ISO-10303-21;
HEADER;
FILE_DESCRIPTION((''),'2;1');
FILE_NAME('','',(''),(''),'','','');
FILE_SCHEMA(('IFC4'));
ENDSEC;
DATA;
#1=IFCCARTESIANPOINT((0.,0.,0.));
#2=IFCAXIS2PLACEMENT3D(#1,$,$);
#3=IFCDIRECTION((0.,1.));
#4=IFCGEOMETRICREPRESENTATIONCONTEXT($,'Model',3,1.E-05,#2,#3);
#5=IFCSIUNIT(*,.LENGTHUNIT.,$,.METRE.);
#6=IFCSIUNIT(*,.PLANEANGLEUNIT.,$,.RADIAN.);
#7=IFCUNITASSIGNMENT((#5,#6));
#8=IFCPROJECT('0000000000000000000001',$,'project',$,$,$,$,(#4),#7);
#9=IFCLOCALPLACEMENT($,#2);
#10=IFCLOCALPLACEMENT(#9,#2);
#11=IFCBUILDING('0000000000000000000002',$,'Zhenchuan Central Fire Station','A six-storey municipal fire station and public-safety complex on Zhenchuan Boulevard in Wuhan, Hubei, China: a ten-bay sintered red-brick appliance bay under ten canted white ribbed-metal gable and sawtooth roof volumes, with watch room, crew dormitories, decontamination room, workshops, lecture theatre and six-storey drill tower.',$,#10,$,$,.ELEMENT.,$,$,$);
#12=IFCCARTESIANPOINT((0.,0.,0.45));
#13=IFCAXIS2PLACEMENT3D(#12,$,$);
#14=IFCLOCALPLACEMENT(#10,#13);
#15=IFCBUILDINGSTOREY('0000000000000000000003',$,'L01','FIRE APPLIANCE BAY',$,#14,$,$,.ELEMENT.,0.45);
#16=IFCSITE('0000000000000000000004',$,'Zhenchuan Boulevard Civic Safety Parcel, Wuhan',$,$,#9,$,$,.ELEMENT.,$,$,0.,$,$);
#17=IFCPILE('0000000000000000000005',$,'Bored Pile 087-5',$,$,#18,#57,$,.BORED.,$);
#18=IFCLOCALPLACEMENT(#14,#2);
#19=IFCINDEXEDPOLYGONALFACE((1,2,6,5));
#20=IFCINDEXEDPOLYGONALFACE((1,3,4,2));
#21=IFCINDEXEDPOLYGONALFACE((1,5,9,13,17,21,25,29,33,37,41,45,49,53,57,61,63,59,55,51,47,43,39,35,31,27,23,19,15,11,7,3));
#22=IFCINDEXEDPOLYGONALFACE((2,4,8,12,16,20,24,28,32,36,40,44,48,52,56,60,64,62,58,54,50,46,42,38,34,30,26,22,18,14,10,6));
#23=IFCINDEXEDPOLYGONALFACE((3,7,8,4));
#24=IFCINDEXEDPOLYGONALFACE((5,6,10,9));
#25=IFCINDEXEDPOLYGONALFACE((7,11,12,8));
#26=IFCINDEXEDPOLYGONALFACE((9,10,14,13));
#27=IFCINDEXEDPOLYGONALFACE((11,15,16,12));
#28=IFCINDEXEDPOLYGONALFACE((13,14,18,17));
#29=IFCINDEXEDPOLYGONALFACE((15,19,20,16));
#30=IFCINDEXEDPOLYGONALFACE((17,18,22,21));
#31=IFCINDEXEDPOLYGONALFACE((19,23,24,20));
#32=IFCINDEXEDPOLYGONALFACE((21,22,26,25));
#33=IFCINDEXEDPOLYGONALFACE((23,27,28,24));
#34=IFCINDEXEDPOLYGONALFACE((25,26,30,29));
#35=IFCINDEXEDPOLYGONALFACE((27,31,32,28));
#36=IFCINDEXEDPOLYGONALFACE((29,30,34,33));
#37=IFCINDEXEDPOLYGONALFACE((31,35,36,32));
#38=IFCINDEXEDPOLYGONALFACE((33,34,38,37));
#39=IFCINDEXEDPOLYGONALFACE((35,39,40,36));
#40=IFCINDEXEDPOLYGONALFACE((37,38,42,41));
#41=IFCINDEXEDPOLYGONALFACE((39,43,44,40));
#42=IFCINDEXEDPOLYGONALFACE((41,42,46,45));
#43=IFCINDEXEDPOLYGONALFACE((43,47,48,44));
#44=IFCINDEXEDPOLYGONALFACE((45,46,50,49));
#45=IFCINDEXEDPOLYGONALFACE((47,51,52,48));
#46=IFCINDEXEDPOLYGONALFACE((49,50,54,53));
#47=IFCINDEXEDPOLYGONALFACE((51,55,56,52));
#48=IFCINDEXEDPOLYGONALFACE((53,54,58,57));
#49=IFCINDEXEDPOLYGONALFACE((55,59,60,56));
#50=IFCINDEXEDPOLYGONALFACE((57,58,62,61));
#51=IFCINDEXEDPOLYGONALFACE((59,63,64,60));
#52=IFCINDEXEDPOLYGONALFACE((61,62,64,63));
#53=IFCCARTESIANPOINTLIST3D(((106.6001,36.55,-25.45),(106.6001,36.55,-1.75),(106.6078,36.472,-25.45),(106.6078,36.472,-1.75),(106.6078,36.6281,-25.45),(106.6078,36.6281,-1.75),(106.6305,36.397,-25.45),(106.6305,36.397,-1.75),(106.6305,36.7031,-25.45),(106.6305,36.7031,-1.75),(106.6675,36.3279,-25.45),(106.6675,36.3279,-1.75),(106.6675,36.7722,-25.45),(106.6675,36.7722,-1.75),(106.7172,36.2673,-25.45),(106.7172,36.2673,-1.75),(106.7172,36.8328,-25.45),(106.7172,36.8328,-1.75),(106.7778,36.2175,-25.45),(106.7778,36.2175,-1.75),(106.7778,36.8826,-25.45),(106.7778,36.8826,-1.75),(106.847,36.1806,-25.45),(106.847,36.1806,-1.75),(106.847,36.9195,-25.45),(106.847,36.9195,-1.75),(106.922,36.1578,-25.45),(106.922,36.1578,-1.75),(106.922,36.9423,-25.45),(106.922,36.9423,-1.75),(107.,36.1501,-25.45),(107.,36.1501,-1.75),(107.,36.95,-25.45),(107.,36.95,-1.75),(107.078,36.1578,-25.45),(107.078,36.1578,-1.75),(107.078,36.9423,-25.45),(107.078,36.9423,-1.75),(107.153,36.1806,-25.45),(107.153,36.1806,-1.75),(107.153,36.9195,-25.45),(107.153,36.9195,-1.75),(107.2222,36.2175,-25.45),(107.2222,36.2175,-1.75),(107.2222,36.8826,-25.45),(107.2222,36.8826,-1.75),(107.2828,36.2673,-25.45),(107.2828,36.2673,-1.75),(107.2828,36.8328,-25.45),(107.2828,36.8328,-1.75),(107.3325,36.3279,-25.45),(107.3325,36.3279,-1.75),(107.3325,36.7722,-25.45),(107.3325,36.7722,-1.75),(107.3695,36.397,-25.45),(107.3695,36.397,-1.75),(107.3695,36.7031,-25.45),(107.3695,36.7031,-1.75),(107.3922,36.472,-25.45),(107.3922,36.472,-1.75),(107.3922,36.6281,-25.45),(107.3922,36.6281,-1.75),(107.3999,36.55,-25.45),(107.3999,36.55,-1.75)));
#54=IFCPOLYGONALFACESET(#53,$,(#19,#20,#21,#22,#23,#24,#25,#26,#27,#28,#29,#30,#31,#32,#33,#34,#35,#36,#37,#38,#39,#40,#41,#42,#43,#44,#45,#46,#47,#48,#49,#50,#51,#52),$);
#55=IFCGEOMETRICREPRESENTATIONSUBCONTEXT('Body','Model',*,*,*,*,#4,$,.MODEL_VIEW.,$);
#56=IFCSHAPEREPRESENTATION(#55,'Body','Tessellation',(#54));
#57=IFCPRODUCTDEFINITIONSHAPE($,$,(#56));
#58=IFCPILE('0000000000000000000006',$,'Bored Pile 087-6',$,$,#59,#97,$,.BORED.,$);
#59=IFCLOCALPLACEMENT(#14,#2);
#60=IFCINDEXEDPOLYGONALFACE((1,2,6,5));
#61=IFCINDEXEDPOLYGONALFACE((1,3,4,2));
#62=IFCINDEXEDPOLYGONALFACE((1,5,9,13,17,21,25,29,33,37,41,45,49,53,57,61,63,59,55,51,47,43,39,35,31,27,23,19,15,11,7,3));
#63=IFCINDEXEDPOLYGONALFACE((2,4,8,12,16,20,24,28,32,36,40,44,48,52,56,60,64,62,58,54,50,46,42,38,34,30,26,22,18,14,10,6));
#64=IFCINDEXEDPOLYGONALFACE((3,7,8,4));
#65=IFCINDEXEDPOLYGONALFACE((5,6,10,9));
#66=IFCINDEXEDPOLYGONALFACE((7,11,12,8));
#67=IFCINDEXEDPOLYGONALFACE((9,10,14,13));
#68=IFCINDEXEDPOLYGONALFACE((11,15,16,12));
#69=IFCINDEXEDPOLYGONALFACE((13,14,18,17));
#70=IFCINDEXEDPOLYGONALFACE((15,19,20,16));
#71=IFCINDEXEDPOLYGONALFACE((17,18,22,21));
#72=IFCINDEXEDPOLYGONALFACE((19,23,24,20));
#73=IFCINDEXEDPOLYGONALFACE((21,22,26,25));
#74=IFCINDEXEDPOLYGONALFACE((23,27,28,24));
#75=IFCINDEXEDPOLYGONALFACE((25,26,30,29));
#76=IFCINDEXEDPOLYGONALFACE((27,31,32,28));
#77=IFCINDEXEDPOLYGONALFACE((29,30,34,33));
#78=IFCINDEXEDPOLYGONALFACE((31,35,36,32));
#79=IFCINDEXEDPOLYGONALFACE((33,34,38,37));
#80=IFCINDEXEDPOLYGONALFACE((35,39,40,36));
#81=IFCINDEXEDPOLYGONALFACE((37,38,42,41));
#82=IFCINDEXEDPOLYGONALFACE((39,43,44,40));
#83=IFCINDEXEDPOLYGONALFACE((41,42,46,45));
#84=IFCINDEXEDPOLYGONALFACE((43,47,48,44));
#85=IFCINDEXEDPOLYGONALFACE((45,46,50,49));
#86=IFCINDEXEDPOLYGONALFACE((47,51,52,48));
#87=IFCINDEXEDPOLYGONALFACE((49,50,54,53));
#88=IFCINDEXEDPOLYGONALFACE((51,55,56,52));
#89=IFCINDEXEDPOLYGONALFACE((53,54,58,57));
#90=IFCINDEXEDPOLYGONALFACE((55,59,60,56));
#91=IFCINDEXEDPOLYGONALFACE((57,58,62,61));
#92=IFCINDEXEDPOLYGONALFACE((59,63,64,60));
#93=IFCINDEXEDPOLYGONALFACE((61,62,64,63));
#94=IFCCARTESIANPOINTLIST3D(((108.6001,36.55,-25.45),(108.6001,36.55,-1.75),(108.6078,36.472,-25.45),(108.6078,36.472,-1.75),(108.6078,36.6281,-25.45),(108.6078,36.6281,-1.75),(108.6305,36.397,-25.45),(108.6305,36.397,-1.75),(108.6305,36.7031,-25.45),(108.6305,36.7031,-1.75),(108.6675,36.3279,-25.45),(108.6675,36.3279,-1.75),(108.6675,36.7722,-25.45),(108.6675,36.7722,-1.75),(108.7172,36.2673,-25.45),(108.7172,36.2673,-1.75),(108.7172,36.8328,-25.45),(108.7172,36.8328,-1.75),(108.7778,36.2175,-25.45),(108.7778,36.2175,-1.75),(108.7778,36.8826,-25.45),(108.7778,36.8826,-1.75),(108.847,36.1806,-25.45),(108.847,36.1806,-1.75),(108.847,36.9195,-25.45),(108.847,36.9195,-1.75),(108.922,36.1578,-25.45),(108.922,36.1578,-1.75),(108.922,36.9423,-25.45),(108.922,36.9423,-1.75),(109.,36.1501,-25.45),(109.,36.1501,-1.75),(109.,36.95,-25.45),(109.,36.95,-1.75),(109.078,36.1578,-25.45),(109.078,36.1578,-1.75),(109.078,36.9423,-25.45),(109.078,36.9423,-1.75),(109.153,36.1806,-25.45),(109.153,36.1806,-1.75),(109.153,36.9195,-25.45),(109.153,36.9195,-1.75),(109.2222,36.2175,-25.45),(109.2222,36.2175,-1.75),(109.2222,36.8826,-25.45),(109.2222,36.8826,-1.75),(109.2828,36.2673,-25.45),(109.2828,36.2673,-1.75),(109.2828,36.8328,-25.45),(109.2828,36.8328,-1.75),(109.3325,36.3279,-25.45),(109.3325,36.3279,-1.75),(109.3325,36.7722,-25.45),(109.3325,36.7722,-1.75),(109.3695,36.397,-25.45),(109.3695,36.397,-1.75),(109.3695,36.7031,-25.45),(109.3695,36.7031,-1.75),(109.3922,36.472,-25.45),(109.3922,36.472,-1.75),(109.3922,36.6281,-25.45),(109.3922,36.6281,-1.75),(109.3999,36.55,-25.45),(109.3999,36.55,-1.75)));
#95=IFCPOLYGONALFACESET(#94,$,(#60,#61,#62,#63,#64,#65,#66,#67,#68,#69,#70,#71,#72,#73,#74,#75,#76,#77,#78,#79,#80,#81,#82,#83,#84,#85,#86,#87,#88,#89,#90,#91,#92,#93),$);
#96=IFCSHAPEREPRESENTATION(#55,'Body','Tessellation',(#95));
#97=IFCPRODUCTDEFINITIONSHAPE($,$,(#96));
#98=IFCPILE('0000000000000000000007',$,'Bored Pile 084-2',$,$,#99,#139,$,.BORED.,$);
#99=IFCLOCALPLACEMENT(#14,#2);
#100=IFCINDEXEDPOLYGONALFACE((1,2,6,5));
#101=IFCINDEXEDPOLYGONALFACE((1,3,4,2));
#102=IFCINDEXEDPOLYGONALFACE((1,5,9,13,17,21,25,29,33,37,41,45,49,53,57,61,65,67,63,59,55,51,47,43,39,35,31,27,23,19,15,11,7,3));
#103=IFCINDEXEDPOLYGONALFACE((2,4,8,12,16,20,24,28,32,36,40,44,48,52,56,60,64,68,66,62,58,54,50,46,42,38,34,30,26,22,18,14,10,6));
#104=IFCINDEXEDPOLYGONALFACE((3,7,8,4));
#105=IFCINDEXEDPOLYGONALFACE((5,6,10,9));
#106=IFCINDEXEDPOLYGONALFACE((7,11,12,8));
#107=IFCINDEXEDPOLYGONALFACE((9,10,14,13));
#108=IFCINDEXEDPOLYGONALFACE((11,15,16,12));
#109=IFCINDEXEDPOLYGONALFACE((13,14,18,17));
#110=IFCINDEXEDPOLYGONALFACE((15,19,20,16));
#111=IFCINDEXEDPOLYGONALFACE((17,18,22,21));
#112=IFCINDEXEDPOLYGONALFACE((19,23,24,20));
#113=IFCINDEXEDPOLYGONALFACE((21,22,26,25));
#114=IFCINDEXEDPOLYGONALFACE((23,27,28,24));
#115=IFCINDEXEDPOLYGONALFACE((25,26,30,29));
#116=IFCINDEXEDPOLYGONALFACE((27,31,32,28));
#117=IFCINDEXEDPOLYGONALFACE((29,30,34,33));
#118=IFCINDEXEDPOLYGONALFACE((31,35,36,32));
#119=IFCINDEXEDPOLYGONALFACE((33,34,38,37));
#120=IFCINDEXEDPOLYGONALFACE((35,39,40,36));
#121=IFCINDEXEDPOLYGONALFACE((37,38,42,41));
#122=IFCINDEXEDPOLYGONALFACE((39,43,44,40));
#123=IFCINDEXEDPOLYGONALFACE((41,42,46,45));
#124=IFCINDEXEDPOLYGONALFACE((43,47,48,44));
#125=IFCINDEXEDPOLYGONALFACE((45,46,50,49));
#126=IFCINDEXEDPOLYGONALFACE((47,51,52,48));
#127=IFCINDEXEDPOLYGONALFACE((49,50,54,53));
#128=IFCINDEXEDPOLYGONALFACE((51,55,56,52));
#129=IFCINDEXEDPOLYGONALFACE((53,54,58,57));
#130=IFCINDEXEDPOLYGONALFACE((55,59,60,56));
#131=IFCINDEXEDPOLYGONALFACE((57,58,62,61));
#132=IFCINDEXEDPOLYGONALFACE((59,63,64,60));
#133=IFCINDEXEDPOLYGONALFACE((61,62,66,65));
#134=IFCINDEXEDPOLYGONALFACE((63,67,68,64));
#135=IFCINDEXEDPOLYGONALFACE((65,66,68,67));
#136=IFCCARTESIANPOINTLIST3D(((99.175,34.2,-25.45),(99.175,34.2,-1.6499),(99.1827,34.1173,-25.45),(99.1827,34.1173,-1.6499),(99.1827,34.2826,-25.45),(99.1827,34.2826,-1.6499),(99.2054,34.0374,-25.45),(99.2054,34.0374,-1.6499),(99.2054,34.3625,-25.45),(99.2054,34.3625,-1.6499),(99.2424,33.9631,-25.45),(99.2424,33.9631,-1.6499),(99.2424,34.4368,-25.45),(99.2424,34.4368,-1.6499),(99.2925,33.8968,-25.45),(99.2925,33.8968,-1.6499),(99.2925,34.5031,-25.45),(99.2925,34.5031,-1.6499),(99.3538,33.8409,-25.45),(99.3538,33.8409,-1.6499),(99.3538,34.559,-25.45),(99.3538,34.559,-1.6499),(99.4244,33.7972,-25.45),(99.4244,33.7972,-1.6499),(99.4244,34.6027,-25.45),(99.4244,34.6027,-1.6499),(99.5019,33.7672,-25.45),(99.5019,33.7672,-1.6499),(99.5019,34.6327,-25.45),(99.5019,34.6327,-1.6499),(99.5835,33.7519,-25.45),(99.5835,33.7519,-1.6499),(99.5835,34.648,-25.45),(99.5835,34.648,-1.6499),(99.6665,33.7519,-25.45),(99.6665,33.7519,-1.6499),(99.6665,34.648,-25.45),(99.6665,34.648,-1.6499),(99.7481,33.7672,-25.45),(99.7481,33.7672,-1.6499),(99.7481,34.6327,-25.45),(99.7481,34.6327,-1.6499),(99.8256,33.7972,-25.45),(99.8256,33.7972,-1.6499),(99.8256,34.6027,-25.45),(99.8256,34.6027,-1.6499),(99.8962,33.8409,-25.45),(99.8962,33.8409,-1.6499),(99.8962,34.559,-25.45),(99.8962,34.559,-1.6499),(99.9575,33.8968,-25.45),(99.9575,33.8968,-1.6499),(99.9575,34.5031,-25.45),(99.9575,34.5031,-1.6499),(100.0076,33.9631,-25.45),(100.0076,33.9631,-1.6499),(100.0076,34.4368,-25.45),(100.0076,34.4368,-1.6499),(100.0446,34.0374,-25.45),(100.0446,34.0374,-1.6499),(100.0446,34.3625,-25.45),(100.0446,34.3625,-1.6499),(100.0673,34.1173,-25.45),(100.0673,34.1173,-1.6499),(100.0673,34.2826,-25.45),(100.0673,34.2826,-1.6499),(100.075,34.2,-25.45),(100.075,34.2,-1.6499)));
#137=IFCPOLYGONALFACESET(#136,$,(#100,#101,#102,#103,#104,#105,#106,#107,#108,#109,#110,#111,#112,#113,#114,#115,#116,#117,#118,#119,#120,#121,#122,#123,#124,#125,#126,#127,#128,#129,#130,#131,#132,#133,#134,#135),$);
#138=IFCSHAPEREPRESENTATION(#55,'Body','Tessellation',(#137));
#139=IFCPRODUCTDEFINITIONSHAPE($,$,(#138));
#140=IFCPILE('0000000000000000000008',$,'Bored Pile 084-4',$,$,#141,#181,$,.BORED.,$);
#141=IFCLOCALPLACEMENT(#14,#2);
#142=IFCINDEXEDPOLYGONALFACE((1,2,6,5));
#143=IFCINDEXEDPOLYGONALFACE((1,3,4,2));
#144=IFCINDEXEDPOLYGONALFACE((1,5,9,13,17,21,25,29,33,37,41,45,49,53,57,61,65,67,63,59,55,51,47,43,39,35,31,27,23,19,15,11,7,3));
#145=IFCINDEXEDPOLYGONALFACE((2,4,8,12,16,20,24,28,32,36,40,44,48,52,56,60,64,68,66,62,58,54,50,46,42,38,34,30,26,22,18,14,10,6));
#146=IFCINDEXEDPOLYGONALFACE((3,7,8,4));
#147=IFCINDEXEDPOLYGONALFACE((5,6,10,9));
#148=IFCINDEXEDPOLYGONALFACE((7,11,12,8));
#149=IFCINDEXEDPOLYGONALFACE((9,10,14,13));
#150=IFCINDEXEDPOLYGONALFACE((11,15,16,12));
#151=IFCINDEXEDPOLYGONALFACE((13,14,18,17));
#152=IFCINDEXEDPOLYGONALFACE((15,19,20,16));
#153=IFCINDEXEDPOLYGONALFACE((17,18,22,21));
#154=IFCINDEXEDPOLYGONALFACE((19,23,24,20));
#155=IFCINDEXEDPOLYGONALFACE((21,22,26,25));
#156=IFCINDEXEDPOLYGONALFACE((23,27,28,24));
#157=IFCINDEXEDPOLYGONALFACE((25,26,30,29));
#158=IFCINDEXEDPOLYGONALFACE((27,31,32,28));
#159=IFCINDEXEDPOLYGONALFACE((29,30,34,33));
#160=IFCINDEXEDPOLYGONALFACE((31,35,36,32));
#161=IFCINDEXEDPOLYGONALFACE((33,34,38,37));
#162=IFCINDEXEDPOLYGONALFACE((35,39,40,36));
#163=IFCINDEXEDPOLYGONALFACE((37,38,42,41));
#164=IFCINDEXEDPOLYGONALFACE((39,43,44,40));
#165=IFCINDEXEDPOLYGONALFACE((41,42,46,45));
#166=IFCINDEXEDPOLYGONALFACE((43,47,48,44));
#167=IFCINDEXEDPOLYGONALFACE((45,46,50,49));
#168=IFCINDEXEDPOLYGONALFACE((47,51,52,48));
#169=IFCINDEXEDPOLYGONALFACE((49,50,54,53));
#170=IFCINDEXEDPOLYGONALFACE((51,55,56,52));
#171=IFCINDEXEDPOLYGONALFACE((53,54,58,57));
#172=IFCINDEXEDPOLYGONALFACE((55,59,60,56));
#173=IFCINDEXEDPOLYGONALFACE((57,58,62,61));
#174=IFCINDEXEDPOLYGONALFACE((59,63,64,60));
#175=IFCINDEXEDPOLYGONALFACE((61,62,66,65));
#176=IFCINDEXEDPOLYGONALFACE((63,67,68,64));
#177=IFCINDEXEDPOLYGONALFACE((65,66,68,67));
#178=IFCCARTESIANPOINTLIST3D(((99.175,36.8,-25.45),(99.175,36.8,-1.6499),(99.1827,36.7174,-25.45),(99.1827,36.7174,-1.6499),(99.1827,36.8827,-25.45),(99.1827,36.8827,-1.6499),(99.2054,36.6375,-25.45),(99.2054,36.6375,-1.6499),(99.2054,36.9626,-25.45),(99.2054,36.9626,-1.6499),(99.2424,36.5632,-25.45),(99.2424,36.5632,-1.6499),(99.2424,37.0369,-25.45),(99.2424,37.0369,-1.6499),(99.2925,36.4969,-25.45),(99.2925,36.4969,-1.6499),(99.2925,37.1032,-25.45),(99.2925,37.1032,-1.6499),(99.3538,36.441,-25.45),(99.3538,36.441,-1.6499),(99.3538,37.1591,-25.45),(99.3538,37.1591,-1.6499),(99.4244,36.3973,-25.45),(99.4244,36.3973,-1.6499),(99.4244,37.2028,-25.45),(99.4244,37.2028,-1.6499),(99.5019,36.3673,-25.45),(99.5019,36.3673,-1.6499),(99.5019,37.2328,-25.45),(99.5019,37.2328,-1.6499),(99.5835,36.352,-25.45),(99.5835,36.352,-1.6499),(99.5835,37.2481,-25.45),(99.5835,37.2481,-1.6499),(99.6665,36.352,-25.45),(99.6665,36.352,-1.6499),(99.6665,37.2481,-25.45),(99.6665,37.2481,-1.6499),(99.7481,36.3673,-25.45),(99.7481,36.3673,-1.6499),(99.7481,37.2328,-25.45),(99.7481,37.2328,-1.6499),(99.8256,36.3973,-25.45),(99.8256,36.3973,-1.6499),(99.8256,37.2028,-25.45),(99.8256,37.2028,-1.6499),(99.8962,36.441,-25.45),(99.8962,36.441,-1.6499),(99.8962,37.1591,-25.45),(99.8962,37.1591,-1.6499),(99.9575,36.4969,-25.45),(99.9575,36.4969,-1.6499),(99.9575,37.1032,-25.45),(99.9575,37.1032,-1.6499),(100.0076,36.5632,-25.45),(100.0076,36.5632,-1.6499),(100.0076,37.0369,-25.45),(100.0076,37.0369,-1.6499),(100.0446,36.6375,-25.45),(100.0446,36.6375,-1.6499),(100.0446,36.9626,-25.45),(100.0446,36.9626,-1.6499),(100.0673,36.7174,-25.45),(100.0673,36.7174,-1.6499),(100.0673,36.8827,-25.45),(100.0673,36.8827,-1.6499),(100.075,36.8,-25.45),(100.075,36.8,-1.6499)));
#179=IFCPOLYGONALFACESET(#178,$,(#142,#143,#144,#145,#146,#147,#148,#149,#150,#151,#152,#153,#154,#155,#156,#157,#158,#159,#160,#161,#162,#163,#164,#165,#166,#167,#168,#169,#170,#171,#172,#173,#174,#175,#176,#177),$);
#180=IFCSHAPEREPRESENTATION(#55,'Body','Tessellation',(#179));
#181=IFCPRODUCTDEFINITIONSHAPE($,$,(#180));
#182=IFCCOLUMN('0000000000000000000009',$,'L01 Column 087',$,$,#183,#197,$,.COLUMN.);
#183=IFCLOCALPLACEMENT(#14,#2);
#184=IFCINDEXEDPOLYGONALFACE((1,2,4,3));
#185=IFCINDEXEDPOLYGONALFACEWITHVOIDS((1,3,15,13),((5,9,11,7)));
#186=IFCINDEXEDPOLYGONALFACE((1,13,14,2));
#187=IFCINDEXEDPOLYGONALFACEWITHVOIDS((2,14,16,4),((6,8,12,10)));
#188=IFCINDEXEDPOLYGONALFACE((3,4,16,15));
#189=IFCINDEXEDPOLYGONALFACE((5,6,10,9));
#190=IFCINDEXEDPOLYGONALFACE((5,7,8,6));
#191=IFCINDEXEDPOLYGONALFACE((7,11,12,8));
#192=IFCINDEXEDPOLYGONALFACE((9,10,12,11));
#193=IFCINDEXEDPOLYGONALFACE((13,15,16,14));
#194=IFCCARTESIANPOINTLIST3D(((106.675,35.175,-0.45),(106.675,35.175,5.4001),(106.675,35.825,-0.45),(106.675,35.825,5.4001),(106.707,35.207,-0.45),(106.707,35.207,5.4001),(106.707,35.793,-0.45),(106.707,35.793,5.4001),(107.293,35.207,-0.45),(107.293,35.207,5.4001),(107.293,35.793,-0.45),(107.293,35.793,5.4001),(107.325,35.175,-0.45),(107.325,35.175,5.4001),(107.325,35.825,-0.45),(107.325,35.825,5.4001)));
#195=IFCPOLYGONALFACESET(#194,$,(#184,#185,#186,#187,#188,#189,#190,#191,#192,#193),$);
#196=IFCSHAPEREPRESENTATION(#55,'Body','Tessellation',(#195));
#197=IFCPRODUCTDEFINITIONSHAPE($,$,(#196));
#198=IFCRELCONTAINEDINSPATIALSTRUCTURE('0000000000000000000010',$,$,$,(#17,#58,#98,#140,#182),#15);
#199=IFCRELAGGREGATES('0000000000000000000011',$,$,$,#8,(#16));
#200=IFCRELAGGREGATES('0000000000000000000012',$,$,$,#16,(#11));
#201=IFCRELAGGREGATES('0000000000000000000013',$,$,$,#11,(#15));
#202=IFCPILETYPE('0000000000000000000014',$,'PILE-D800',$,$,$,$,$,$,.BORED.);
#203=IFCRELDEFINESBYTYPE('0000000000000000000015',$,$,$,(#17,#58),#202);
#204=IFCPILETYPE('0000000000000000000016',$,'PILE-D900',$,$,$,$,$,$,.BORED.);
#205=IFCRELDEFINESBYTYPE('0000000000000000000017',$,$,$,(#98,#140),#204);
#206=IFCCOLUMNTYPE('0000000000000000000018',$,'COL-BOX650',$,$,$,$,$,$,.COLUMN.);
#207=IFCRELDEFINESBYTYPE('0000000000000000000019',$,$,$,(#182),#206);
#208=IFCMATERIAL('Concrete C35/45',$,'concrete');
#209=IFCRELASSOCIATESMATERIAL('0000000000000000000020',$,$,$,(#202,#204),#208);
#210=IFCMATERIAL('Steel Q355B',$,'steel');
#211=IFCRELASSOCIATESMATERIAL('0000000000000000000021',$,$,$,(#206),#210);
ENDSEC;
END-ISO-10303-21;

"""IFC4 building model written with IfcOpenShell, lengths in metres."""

from ifc_helpers import new_model, si_unit, direction, frame, origin, origin_2d, place, context, subcontext, project, spatial, hollow_rectangle, circle, extrude, material, material_profile, profile_set, type_object, element, save


model = new_model("IFC4")

# Units and contexts
model_context = context("Model", 3, precision=1e-05, world=origin(), true_north=direction((0.0, 1.0)))
body_context = subcontext(model_context, "Body", "Model", "MODEL_VIEW")
ifc_project = project(units=[si_unit("LENGTHUNIT", "METRE"), si_unit("PLANEANGLEUNIT", "RADIAN")], contexts=[model_context])

# Site, building, storey
site_placement = place(None, origin())
site = spatial("IfcSite", under=ifc_project, at=site_placement, Name="Zhenchuan Boulevard Civic Safety Parcel, Wuhan", CompositionType="ELEMENT", RefElevation=0.0)
building_placement = place(site_placement, origin())
building = spatial("IfcBuilding", under=site, at=building_placement, Name="Zhenchuan Central Fire Station", Description="A six-storey municipal fire station and public-safety complex on Zhenchuan Boulevard in Wuhan, Hubei, China: a ten-bay sintered red-brick appliance bay under ten canted white ribbed-metal gable and sawtooth roof volumes, with watch room, crew dormitories, decontamination room, workshops, lecture theatre and six-storey drill tower.", CompositionType="ELEMENT")
storey_placement = place(building_placement, frame((0.0, 0.0, 0.45)))
storey = spatial("IfcBuildingStorey", under=building, at=storey_placement, Name="L01", Description="FIRE APPLIANCE BAY", CompositionType="ELEMENT", Elevation=0.45)

# Piles
ifc_material_1 = material(Name="Concrete C35/45", Category="concrete")
ifc_material_profile_1 = material_profile(ifc_material_1, circle(Radius=0.3999, at=origin_2d()), Name="PILE D800")
ifc_profile_set_1 = profile_set([ifc_material_profile_1], Name="Concrete C35/45")
pile_type_1 = type_object("IfcPileType", Name="PILE-D800", PredefinedType="BORED", material=ifc_profile_set_1)
for number, where, z_axis, x_axis, name in (
    (1, (107.0, 36.55, -1.75), (0.0, 0.0, -1.0), (1.0, 0.0, 0.0), "Bored Pile 087-5"),
    (2, (109.0, 36.55, -1.75), (0.0, 0.0, -1.0), (1.0, 0.0, 0.0), "Bored Pile 087-6"),
):
    element("IfcPile", number, at=place(storey_placement, frame(where, z_axis=z_axis, x_axis=x_axis)), inside=storey, type_object=pile_type_1, Name=name, PredefinedType="BORED", context=body_context, shape_type="SweptSolid", body=[
        extrude(circle(Radius=0.3999, at=origin_2d()), origin(), (0.0, 0.0, 1.0), 23.7),
    ])
ifc_material_profile_2 = material_profile(ifc_material_1, circle(Radius=0.45, at=origin_2d()), Name="PILE D900")
ifc_profile_set_2 = profile_set([ifc_material_profile_2], Name="Concrete C35/45")
pile_type_2 = type_object("IfcPileType", Name="PILE-D900", PredefinedType="BORED", material=ifc_profile_set_2)
for number, where, z_axis, x_axis, name in (
    (3, (99.625, 34.2, -1.6499), (0.0, 0.0, -1.0), (1.0, 0.0, 0.0), "Bored Pile 084-2"),
    (4, (99.625, 36.8, -1.6499), (0.0, 0.0, -1.0), (1.0, 0.0, 0.0), "Bored Pile 084-4"),
):
    element("IfcPile", number, at=place(storey_placement, frame(where, z_axis=z_axis, x_axis=x_axis)), inside=storey, type_object=pile_type_2, Name=name, PredefinedType="BORED", context=body_context, shape_type="SweptSolid", body=[
        extrude(circle(Radius=0.45, at=origin_2d()), origin(), (0.0, 0.0, 1.0), 23.8),
    ])

# Column
ifc_material_2 = material(Name="Steel Q355B", Category="steel")
ifc_material_profile_3 = material_profile(ifc_material_2, hollow_rectangle(XDim=0.6499, YDim=0.6499, WallThickness=0.032, at=origin_2d()), Name="BOX 650x650x32")
ifc_profile_set_3 = profile_set([ifc_material_profile_3], Name="Steel Q355B")
column_type = type_object("IfcColumnType", Name="COL-BOX650", PredefinedType="COLUMN", material=ifc_profile_set_3)
column_placement = place(storey_placement, frame((107.0, 35.5, -0.45), z_axis=(0.0, 0.0, 1.0), x_axis=(1.0, 0.0, 0.0)))
element("IfcColumn", 5, at=column_placement, inside=storey, type_object=column_type, Name="L01 Column 087", PredefinedType="COLUMN", context=body_context, shape_type="SweptSolid", body=[
    extrude(hollow_rectangle(XDim=0.6499, YDim=0.6499, WallThickness=0.032, at=origin_2d()), origin(), (0.0, 0.0, 1.0), 5.8501),
])

save(model, "model.ifc")
